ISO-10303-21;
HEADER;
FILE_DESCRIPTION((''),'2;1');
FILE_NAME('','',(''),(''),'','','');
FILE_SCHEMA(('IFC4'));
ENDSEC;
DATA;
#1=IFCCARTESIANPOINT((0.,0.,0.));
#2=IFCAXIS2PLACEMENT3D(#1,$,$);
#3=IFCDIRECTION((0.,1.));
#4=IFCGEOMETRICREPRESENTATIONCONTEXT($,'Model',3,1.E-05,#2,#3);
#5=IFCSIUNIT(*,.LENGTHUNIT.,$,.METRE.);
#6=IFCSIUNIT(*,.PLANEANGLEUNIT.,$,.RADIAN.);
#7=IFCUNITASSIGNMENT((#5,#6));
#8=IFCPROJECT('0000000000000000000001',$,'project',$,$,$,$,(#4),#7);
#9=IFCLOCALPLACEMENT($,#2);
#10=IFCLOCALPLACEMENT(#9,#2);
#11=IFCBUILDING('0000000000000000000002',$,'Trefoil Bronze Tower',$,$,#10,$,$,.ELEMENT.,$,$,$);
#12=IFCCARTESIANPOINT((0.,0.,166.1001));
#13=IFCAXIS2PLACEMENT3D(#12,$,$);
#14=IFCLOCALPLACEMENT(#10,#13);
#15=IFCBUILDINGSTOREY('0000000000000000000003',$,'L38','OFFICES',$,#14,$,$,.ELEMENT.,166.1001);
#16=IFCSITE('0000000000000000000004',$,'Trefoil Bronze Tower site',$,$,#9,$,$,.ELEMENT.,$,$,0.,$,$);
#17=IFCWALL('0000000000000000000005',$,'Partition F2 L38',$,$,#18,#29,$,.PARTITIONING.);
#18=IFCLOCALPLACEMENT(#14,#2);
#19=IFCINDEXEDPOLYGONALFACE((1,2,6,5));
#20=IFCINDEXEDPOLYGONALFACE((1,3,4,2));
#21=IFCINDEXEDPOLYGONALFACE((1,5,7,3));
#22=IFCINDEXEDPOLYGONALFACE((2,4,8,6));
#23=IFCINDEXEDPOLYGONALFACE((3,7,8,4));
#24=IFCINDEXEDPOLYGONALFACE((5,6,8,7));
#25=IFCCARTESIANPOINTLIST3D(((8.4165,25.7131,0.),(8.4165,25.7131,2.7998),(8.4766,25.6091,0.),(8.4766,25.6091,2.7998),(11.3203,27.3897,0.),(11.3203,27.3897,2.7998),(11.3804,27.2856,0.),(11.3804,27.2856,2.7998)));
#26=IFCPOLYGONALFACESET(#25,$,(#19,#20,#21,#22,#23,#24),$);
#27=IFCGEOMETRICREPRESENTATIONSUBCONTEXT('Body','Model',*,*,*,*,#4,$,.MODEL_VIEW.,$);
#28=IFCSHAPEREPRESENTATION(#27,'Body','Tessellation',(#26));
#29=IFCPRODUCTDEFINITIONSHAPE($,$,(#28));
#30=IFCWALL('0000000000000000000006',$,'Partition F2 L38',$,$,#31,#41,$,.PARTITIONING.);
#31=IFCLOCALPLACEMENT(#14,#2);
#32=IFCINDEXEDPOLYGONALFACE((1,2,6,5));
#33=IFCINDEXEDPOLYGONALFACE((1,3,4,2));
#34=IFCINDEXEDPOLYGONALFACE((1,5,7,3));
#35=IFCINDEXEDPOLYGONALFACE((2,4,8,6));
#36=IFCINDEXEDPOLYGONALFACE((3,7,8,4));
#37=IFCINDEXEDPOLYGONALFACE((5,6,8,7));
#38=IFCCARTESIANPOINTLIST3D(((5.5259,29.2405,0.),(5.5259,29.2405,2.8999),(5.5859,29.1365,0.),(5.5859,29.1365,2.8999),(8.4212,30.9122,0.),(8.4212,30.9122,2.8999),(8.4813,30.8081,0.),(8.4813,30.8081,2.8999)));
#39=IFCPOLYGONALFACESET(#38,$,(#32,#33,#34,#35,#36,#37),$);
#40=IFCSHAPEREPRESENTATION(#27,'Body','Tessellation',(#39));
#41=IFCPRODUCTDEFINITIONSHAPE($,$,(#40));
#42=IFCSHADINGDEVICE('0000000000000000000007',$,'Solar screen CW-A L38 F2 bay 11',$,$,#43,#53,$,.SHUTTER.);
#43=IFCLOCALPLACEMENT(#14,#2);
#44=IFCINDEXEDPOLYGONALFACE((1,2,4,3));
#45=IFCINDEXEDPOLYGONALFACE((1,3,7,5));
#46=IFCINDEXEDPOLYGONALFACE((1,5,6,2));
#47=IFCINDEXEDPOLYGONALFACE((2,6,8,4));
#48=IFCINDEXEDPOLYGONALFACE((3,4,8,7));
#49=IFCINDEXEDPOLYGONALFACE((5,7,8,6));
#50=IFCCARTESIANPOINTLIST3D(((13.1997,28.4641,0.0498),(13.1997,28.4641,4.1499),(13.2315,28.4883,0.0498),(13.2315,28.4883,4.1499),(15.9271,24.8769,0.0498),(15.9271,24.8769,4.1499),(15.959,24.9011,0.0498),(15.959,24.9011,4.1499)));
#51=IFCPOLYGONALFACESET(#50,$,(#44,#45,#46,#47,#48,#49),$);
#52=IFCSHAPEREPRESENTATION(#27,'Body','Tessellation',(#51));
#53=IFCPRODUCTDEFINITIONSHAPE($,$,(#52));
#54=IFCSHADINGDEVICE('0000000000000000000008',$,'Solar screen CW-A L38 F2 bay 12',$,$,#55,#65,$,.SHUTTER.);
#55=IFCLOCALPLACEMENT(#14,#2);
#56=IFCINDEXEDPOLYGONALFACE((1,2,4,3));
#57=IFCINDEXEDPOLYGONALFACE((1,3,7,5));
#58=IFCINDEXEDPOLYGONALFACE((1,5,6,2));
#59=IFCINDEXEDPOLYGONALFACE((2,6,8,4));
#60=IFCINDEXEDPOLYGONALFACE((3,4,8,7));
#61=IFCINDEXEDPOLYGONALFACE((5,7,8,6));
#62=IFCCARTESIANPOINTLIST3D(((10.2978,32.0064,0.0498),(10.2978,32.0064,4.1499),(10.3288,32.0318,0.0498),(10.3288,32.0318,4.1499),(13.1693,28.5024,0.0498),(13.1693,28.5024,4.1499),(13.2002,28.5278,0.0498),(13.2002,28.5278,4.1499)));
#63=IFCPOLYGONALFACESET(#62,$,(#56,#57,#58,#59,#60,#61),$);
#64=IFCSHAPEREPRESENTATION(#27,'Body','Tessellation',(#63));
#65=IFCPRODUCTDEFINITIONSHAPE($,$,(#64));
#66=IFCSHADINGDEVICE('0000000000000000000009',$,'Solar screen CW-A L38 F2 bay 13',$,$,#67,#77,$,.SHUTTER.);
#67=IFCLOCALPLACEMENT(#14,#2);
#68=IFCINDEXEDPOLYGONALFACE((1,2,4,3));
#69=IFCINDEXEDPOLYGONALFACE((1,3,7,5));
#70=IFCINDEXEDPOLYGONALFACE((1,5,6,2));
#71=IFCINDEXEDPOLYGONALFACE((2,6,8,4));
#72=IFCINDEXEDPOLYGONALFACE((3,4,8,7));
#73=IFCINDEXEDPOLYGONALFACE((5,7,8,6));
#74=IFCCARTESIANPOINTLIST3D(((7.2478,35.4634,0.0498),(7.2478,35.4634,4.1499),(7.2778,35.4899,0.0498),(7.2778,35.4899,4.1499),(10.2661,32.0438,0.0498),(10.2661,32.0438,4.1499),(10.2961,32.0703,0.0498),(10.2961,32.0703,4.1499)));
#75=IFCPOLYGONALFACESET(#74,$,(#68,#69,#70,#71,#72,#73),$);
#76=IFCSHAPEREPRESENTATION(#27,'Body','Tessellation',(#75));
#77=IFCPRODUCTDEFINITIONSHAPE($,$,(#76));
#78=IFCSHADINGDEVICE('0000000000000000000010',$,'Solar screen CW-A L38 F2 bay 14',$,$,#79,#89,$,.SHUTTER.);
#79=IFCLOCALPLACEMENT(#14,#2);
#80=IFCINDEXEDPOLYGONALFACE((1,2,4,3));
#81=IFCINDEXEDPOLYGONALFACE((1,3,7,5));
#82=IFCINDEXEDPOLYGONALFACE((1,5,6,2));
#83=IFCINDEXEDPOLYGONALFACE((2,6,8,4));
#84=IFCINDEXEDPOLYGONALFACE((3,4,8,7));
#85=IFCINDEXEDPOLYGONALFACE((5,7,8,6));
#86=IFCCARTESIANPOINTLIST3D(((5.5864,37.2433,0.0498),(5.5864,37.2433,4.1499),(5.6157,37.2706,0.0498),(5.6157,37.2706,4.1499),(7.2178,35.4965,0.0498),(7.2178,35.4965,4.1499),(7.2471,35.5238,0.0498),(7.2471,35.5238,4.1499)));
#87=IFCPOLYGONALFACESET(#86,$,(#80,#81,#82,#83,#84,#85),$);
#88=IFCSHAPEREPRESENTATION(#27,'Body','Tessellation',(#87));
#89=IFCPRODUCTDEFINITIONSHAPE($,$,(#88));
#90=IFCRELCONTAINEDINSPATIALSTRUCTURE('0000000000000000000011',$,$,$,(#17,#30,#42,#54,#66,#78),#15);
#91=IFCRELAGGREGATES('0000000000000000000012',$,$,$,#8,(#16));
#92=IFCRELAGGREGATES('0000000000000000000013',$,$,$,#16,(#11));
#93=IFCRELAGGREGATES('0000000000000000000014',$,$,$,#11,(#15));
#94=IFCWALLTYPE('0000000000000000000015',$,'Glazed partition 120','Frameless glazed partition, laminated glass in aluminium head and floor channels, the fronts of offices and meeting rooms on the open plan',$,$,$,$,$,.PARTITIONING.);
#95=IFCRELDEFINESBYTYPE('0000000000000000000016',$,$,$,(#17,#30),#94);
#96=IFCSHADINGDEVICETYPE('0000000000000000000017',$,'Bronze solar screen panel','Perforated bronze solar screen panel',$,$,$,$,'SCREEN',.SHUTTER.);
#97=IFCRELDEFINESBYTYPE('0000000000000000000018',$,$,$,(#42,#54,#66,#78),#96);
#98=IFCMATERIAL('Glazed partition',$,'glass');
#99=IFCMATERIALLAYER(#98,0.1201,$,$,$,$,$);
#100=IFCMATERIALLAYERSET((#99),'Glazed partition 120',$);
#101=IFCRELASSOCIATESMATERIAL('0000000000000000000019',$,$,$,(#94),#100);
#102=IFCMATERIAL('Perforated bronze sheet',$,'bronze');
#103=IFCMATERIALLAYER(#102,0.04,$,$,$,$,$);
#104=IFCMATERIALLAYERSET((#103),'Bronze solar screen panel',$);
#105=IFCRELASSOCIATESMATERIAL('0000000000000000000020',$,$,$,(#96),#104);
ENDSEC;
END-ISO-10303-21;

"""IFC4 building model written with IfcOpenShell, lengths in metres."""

from ifc_helpers import new_model, si_unit, direction, frame, frame_2d, origin, origin_2d, place, context, subcontext, project, spatial, rectangle, extrude, material, layer, layer_set, type_object, element, save


model = new_model("IFC4")

# Units and contexts
model_context = context("Model", 3, precision=1e-05, world=origin(), true_north=direction((0.0, 1.0)))
body_context = subcontext(model_context, "Body", "Model", "MODEL_VIEW")
ifc_project = project(units=[si_unit("LENGTHUNIT", "METRE"), si_unit("PLANEANGLEUNIT", "RADIAN")], contexts=[model_context])

# Site, building, storey
site_placement = place(None, origin())
site = spatial("IfcSite", under=ifc_project, at=site_placement, Name="Trefoil Bronze Tower site", CompositionType="ELEMENT", RefElevation=0.0)
building_placement = place(site_placement, origin())
building = spatial("IfcBuilding", under=site, at=building_placement, Name="Trefoil Bronze Tower", CompositionType="ELEMENT")
storey_placement = place(building_placement, frame((0.0, 0.0, 166.1001)))
storey = spatial("IfcBuildingStorey", under=building, at=storey_placement, Name="L38", Description="OFFICES", CompositionType="ELEMENT", Elevation=166.1001)

# Shared definitions
ifc_material_1 = material(Name="Glazed partition", Category="glass")
ifc_layer_1 = layer(ifc_material_1, 0.1201)
ifc_layer_set_1 = layer_set([ifc_layer_1], Name="Glazed partition 120")
wall_type = type_object("IfcWallType", Name="Glazed partition 120", Description="Frameless glazed partition, laminated glass in aluminium head and floor channels, the fronts of offices and meeting rooms on the open plan", PredefinedType="PARTITIONING", material=ifc_layer_set_1)

# Walls
wall_1_placement = place(storey_placement, frame((8.4465, 25.6611, 0.0), z_axis=(0.0, 0.0, 1.0), x_axis=(0.866026, 0.5, 0.0)))
element("IfcWall", 1, at=wall_1_placement, inside=storey, type_object=wall_type, Name="Partition F2 L38", PredefinedType="PARTITIONING", context=body_context, shape_type="SweptSolid", body=[
    extrude(rectangle(XDim=3.353, YDim=0.1201, at=frame_2d((1.6765, 0.0))), origin(), (0.0, 0.0, 1.0), 2.7998),
])
wall_2_placement = place(storey_placement, frame((5.5559, 29.1885, 0.0), z_axis=(0.0, 0.0, 1.0), x_axis=(0.866019, 0.500011, 0.0)))
element("IfcWall", 2, at=wall_2_placement, inside=storey, type_object=wall_type, Name="Partition F2 L38", PredefinedType="PARTITIONING", context=body_context, shape_type="SweptSolid", body=[
    extrude(rectangle(XDim=3.3433, YDim=0.1201, at=frame_2d((1.6716, 0.0))), origin(), (0.0, 0.0, 1.0), 2.8999),
])

# Shading devices
ifc_material_2 = material(Name="Perforated bronze sheet", Category="bronze")
ifc_layer_2 = layer(ifc_material_2, 0.04)
ifc_layer_set_2 = layer_set([ifc_layer_2], Name="Bronze solar screen panel")
shading_device_type = type_object("IfcShadingDeviceType", Name="Bronze solar screen panel", Description="Perforated bronze solar screen panel", ElementType="SCREEN", PredefinedType="SHUTTER", material=ifc_layer_set_2)
shading_device_1_placement = place(storey_placement, frame((14.5793, 26.6826, 0.0498), z_axis=(0.0, 0.0, 1.0), x_axis=(-0.605252, 0.796034, 0.0)))
element("IfcShadingDevice", 3, at=shading_device_1_placement, inside=storey, type_object=shading_device_type, Name="Solar screen CW-A L38 F2 bay 11", PredefinedType="SHUTTER", context=body_context, shape_type="SweptSolid", body=[
    extrude(rectangle(XDim=4.5063, YDim=0.04, at=origin_2d()), origin(), (0.0, 0.0, 1.0), 4.1001),
])
shading_device_2_placement = place(storey_placement, frame((11.749, 30.2671, 0.0498), z_axis=(0.0, 0.0, 1.0), x_axis=(-0.63384, 0.773464, 0.0)))
element("IfcShadingDevice", 4, at=shading_device_2_placement, inside=storey, type_object=shading_device_type, Name="Solar screen CW-A L38 F2 bay 12", PredefinedType="SHUTTER", context=body_context, shape_type="SweptSolid", body=[
    extrude(rectangle(XDim=4.5303, YDim=0.04, at=origin_2d()), origin(), (0.0, 0.0, 1.0), 4.1001),
])
shading_device_3_placement = place(storey_placement, frame((8.772, 33.7668, 0.0498), z_axis=(0.0, 0.0, 1.0), x_axis=(-0.661751, 0.749723, 0.0)))
element("IfcShadingDevice", 5, at=shading_device_3_placement, inside=storey, type_object=shading_device_type, Name="Solar screen CW-A L38 F2 bay 13", PredefinedType="SHUTTER", context=body_context, shape_type="SweptSolid", body=[
    extrude(rectangle(XDim=4.561, YDim=0.04, at=origin_2d()), origin(), (0.0, 0.0, 1.0), 4.1001),
])
shading_device_4_placement = place(storey_placement, frame((6.4167, 36.3835, 0.0498), z_axis=(0.0, 0.0, 1.0), x_axis=(-0.682536, 0.730852, 0.0)))
element("IfcShadingDevice", 6, at=shading_device_4_placement, inside=storey, type_object=shading_device_type, Name="Solar screen CW-A L38 F2 bay 14", PredefinedType="SHUTTER", context=body_context, shape_type="SweptSolid", body=[
    extrude(rectangle(XDim=2.3901, YDim=0.04, at=origin_2d()), origin(), (0.0, 0.0, 1.0), 4.1001),
])

save(model, "model.ifc")
